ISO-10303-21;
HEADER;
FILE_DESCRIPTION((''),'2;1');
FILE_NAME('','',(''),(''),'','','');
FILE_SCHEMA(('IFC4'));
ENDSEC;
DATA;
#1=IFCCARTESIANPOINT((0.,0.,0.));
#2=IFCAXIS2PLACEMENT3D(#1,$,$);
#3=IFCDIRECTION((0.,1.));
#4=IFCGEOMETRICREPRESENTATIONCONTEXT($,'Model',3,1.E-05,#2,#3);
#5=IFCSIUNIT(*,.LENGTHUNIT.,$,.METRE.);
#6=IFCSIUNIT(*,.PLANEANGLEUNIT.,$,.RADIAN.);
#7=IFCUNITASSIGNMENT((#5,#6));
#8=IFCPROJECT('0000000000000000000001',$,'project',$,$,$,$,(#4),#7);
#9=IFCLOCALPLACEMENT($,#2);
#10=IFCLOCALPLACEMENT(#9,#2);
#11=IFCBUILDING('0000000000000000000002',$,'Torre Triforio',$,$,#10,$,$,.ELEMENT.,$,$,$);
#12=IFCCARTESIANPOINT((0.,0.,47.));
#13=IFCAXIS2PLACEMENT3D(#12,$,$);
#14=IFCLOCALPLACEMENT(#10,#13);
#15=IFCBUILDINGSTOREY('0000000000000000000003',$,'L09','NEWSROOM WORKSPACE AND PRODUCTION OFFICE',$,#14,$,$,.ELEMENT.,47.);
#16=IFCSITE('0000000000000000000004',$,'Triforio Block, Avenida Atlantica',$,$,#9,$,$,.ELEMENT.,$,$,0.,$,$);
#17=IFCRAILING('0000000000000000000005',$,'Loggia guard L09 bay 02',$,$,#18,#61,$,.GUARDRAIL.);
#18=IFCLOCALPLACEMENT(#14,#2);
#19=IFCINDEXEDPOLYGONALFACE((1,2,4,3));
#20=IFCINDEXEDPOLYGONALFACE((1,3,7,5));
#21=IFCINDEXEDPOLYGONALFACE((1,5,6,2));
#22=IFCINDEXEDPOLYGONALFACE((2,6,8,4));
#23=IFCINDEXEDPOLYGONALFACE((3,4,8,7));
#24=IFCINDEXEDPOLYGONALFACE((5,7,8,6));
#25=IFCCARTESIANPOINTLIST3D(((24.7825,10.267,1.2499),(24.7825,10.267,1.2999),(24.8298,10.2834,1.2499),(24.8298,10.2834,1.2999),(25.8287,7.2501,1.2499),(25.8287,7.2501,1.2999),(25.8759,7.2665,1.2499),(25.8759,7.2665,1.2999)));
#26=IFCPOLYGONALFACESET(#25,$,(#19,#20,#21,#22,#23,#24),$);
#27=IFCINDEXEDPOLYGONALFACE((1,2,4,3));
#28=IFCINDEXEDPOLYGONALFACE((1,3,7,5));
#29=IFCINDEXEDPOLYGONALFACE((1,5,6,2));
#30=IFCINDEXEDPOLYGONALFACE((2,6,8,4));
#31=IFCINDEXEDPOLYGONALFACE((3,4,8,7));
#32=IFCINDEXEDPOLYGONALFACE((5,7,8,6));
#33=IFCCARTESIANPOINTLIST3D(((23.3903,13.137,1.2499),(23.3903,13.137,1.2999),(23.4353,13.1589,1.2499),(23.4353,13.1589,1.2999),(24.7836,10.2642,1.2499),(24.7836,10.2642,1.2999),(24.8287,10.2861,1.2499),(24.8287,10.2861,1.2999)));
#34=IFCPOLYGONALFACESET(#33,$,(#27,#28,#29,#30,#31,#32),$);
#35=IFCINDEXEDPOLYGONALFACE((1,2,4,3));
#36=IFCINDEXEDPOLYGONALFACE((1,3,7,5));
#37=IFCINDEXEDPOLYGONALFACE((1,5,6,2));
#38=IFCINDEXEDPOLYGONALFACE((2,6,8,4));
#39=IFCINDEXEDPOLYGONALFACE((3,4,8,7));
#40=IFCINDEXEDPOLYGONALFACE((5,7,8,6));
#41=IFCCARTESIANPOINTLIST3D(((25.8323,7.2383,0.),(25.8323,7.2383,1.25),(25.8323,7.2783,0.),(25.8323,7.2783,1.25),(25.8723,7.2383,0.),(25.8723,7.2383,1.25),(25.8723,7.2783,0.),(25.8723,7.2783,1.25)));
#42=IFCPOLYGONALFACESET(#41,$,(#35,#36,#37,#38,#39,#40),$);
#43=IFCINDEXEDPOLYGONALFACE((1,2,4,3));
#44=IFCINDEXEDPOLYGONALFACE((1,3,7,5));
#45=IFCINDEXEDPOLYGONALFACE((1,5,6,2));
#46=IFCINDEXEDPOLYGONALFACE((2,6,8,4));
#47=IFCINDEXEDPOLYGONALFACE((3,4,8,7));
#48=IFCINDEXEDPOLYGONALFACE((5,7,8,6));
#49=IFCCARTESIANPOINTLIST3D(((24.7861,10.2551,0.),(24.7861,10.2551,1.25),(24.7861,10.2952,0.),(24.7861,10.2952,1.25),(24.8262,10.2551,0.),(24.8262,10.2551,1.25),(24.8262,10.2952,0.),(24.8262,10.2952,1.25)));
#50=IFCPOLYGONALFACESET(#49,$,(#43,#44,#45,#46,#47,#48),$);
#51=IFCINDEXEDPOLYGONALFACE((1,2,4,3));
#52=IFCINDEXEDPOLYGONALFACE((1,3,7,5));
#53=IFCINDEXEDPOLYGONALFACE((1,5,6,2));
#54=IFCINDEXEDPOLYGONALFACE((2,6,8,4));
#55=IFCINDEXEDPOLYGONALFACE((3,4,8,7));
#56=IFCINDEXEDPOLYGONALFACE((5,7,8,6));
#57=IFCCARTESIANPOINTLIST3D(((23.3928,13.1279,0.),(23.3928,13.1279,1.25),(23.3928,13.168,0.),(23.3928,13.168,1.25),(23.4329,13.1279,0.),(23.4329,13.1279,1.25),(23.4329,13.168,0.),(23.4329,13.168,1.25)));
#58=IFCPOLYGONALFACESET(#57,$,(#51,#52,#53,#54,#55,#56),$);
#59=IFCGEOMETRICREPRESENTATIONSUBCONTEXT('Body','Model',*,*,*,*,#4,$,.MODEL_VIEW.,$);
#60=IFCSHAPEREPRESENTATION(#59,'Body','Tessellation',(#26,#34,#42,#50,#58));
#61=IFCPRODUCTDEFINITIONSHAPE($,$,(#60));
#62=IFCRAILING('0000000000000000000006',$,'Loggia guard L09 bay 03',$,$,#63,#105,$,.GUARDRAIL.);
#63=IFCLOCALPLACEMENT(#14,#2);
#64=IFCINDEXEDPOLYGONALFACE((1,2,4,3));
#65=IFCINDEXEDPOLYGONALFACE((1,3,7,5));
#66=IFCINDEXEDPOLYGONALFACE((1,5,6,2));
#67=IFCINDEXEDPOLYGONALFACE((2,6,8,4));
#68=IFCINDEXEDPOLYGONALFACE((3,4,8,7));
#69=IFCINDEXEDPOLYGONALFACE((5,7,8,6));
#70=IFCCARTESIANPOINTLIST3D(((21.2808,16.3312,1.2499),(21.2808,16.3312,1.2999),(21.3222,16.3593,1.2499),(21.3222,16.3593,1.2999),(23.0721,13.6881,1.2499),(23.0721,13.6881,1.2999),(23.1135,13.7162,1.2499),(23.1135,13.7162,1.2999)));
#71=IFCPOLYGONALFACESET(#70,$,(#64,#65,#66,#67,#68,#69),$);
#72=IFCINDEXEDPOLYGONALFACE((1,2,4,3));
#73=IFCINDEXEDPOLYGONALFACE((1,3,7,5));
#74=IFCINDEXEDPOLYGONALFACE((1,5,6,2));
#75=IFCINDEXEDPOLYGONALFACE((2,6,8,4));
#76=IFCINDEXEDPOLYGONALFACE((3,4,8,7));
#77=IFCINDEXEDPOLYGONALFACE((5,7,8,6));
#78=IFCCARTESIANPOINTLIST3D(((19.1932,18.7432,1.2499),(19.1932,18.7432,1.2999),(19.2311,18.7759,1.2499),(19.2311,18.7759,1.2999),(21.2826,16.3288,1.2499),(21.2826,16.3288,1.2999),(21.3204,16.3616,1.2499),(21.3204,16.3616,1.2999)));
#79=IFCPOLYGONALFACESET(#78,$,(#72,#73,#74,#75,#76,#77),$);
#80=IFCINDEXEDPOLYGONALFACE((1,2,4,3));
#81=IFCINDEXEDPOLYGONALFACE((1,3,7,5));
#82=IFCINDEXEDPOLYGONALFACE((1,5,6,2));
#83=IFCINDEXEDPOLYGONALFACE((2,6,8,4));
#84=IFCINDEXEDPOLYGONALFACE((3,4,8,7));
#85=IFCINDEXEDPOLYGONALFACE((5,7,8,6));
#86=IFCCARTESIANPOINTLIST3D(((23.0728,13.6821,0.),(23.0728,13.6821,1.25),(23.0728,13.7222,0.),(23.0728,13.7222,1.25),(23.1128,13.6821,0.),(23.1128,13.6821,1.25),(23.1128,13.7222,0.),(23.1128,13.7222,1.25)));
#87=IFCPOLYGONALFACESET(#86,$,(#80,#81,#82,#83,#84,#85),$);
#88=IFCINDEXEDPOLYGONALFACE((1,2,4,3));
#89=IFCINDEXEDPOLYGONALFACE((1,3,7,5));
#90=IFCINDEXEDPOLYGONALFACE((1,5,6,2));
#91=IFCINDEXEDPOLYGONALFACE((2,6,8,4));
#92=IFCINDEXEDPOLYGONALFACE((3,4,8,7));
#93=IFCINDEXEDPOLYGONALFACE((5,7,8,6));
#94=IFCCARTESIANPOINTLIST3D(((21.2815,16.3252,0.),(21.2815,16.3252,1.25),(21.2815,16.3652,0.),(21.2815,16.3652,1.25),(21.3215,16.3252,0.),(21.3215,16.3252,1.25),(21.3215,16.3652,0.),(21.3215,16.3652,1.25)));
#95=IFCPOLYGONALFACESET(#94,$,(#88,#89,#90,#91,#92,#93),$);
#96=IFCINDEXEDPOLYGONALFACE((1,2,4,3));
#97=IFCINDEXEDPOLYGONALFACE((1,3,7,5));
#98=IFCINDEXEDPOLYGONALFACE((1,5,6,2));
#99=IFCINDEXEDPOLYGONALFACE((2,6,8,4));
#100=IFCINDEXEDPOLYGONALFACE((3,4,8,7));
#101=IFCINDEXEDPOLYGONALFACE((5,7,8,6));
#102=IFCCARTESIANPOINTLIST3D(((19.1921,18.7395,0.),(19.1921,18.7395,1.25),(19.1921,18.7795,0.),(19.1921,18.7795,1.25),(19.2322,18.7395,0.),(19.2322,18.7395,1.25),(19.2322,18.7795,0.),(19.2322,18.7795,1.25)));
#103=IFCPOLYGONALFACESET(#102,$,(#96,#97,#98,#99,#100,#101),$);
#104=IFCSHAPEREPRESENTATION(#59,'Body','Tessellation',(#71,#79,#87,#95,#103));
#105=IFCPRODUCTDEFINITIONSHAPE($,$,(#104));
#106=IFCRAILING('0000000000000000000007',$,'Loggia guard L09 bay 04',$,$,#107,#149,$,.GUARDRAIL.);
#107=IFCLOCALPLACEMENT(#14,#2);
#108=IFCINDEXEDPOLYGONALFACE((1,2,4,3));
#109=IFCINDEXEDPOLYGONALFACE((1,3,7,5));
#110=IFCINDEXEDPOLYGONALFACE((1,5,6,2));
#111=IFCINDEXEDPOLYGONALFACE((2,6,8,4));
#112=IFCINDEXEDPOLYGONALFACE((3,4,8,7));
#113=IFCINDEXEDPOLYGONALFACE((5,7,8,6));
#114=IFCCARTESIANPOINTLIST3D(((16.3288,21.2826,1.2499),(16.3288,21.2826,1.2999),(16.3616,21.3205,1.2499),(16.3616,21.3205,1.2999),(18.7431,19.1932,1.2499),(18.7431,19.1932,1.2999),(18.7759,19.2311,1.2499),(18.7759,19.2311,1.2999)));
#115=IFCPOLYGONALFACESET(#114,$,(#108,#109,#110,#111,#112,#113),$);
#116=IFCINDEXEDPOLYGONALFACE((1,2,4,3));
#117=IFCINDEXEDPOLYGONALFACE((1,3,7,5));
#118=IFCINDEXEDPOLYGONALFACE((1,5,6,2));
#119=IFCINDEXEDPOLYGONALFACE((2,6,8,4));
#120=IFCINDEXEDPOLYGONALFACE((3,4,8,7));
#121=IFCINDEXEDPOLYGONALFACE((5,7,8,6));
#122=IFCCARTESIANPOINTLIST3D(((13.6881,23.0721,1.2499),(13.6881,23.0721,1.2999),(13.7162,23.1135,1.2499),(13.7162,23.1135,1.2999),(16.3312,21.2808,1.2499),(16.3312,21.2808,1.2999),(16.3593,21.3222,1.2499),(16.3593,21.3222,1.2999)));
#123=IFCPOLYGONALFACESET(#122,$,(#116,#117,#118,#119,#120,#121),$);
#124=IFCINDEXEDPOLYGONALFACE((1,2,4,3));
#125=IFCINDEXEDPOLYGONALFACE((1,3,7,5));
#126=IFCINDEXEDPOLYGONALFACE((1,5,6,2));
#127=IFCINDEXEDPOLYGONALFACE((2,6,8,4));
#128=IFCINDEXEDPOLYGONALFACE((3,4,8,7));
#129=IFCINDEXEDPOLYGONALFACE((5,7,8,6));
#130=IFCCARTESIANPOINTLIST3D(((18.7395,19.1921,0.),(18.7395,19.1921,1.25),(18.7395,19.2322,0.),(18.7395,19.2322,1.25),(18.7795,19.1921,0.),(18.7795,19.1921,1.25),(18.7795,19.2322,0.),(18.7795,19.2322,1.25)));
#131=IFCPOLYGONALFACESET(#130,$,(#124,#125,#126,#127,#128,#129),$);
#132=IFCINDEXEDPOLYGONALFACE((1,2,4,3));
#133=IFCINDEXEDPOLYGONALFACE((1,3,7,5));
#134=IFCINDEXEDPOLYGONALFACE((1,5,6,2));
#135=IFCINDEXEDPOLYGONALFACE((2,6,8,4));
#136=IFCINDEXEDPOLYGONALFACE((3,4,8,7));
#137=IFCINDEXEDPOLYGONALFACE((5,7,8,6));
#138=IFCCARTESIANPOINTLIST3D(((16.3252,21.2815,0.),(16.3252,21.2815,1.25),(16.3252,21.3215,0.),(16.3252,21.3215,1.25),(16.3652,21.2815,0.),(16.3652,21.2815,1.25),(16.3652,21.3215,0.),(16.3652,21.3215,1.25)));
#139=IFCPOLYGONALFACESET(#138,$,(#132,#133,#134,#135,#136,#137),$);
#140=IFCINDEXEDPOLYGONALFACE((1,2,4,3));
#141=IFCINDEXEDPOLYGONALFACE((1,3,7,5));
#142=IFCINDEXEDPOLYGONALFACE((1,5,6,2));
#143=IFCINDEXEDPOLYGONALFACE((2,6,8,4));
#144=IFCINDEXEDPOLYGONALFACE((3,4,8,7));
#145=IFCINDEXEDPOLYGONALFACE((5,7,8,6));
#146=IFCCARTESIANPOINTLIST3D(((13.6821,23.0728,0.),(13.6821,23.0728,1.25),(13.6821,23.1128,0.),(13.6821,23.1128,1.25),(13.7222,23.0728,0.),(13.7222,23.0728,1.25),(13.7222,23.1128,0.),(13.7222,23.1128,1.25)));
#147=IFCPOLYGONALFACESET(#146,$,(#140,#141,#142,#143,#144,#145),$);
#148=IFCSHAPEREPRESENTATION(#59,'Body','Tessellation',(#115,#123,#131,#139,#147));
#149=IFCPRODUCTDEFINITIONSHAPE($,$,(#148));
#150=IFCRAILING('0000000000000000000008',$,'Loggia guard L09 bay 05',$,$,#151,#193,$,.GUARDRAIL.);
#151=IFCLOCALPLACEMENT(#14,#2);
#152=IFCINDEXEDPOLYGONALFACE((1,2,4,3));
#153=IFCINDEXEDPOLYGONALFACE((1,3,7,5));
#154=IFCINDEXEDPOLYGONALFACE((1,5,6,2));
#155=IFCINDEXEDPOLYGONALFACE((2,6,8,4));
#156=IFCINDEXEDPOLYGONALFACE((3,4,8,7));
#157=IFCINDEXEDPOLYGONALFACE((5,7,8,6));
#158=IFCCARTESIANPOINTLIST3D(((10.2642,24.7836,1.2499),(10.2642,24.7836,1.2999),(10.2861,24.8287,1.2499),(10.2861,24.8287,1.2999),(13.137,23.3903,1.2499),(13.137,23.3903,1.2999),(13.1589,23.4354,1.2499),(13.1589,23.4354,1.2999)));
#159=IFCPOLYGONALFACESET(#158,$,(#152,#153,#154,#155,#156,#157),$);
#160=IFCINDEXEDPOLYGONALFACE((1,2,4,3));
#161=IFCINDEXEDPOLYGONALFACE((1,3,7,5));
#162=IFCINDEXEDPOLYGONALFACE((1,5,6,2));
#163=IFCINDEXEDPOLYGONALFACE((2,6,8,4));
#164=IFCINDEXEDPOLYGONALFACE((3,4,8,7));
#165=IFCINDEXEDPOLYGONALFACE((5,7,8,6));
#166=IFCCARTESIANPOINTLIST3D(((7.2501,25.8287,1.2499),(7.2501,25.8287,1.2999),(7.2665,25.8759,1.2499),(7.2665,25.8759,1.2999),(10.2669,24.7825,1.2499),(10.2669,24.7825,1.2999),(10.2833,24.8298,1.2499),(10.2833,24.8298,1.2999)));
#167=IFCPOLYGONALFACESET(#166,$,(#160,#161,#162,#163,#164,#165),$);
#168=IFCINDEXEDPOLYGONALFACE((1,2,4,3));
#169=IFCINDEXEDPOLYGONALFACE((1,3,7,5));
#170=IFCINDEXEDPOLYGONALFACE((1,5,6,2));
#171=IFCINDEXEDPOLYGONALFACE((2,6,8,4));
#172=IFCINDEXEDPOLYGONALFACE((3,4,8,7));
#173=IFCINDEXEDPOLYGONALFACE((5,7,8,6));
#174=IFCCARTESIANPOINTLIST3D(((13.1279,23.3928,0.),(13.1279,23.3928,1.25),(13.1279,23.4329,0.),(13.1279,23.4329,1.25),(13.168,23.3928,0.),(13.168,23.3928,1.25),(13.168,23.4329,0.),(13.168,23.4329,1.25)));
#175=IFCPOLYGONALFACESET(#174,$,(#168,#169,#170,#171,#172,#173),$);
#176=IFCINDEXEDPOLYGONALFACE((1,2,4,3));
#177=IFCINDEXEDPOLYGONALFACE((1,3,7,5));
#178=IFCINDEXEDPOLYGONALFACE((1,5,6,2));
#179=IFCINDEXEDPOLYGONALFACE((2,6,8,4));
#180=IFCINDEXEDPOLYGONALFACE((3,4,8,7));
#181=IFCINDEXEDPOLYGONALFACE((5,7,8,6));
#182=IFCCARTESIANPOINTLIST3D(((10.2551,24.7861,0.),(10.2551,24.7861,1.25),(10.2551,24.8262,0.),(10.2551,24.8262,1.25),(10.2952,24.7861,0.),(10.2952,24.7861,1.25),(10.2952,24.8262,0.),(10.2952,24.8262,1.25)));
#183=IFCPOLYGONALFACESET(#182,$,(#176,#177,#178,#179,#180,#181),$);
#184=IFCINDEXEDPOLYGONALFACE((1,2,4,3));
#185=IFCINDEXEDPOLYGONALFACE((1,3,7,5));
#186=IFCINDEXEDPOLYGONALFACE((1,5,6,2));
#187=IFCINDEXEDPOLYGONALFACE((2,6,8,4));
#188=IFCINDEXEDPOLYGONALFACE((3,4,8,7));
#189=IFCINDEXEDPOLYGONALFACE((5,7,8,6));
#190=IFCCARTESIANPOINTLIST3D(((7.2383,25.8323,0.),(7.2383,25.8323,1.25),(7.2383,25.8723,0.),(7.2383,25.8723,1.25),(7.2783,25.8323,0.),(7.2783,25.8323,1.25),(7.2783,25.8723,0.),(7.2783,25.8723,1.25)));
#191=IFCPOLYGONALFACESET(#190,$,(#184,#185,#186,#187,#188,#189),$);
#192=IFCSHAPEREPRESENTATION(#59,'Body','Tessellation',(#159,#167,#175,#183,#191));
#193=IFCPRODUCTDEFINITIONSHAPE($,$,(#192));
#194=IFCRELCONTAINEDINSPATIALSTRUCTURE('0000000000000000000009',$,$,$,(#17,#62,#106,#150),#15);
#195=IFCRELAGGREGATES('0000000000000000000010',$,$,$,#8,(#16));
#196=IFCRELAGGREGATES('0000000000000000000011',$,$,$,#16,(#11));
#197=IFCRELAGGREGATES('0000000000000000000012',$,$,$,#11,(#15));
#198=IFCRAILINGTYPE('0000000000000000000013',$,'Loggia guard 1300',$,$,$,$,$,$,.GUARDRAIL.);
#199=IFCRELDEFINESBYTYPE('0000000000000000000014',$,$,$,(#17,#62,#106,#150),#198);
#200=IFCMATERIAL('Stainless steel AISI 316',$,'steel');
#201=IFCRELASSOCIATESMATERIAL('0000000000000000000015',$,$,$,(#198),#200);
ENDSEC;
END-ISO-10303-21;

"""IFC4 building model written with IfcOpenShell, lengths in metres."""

from ifc_helpers import new_model, si_unit, direction, frame, origin, origin_2d, place, context, subcontext, project, spatial, rectangle, extrude, material, type_object, element, save


model = new_model("IFC4")

# Units and contexts
model_context = context("Model", 3, precision=1e-05, world=origin(), true_north=direction((0.0, 1.0)))
body_context = subcontext(model_context, "Body", "Model", "MODEL_VIEW")
ifc_project = project(units=[si_unit("LENGTHUNIT", "METRE"), si_unit("PLANEANGLEUNIT", "RADIAN")], contexts=[model_context])

# Site, building, storey
site_placement = place(None, origin())
site = spatial("IfcSite", under=ifc_project, at=site_placement, Name="Triforio Block, Avenida Atlantica", CompositionType="ELEMENT", RefElevation=0.0)
building_placement = place(site_placement, origin())
building = spatial("IfcBuilding", under=site, at=building_placement, Name="Torre Triforio", CompositionType="ELEMENT")
storey_placement = place(building_placement, frame((0.0, 0.0, 47.0)))
storey = spatial("IfcBuildingStorey", under=building, at=storey_placement, Name="L09", Description="NEWSROOM WORKSPACE AND PRODUCTION OFFICE", CompositionType="ELEMENT", Elevation=47.0)

# Railings
ifc_material_1 = material(Name="Stainless steel AISI 316", Category="steel")
railing_type = type_object("IfcRailingType", Name="Loggia guard 1300", PredefinedType="GUARDRAIL", material=ifc_material_1)
railing_1_placement = place(storey_placement, frame((25.8523, 7.2583, 0.0)))
element("IfcRailing", 1, at=railing_1_placement, inside=storey, type_object=railing_type, Name="Loggia guard L09 bay 02", PredefinedType="GUARDRAIL", context=body_context, shape_type="SweptSolid", body=[
    extrude(rectangle(XDim=0.05, YDim=0.05, at=origin_2d()), frame((0.0, 0.0, 1.2749), z_axis=(-0.327628, 0.944807, 0.0), x_axis=(-0.944807, -0.327628, 0.0)), (0.0, 0.0, 1.0), 3.1931),
    extrude(rectangle(XDim=0.05, YDim=0.05, at=origin_2d()), frame((-1.0461, 3.0168, 1.2749), z_axis=(-0.436384, 0.89976, 0.0), x_axis=(-0.89976, -0.436384, 0.0)), (0.0, 0.0, 1.0), 3.1929),
    extrude(rectangle(XDim=0.04, YDim=0.04, at=origin_2d()), origin(), (0.0, 0.0, 1.0), 1.25),
    extrude(rectangle(XDim=0.04, YDim=0.04, at=origin_2d()), frame((-1.0461, 3.0168, 0.0)), (0.0, 0.0, 1.0), 1.25),
    extrude(rectangle(XDim=0.04, YDim=0.04, at=origin_2d()), frame((-2.4395, 5.8896, 0.0)), (0.0, 0.0, 1.0), 1.25),
])
railing_2_placement = place(storey_placement, frame((23.0928, 13.7021, 0.0)))
element("IfcRailing", 2, at=railing_2_placement, inside=storey, type_object=railing_type, Name="Loggia guard L09 bay 03", PredefinedType="GUARDRAIL", context=body_context, shape_type="SweptSolid", body=[
    extrude(rectangle(XDim=0.05, YDim=0.05, at=origin_2d()), frame((0.0, 0.0, 1.2749), z_axis=(-0.561019, 0.827803, 0.0), x_axis=(-0.827803, -0.561019, 0.0)), (0.0, 0.0, 1.0), 3.1929),
    extrude(rectangle(XDim=0.05, YDim=0.05, at=origin_2d()), frame((-1.7913, 2.6431, 1.2749), z_axis=(-0.654386, 0.756161, 0.0), x_axis=(-0.756161, -0.654386, 0.0)), (0.0, 0.0, 1.0), 3.1929),
    extrude(rectangle(XDim=0.04, YDim=0.04, at=origin_2d()), origin(), (0.0, 0.0, 1.0), 1.25),
    extrude(rectangle(XDim=0.04, YDim=0.04, at=origin_2d()), frame((-1.7913, 2.6431, 0.0)), (0.0, 0.0, 1.0), 1.25),
    extrude(rectangle(XDim=0.04, YDim=0.04, at=origin_2d()), frame((-3.8806, 5.0574, 0.0)), (0.0, 0.0, 1.0), 1.25),
])
railing_3_placement = place(storey_placement, frame((18.7595, 19.2122, 0.0)))
element("IfcRailing", 3, at=railing_3_placement, inside=storey, type_object=railing_type, Name="Loggia guard L09 bay 04", PredefinedType="GUARDRAIL", context=body_context, shape_type="SweptSolid", body=[
    extrude(rectangle(XDim=0.05, YDim=0.05, at=origin_2d()), frame((0.0, 0.0, 1.2749), z_axis=(-0.756161, 0.654386, 0.0), x_axis=(-0.654386, -0.756161, 0.0)), (0.0, 0.0, 1.0), 3.1929),
    extrude(rectangle(XDim=0.05, YDim=0.05, at=origin_2d()), frame((-2.4143, 2.0894, 1.2749), z_axis=(-0.827803, 0.561019, 0.0), x_axis=(-0.561019, -0.827803, 0.0)), (0.0, 0.0, 1.0), 3.1929),
    extrude(rectangle(XDim=0.04, YDim=0.04, at=origin_2d()), origin(), (0.0, 0.0, 1.0), 1.25),
    extrude(rectangle(XDim=0.04, YDim=0.04, at=origin_2d()), frame((-2.4143, 2.0894, 0.0)), (0.0, 0.0, 1.0), 1.25),
    extrude(rectangle(XDim=0.04, YDim=0.04, at=origin_2d()), frame((-5.0574, 3.8806, 0.0)), (0.0, 0.0, 1.0), 1.25),
])
railing_4_placement = place(storey_placement, frame((13.1479, 23.4128, 0.0)))
element("IfcRailing", 4, at=railing_4_placement, inside=storey, type_object=railing_type, Name="Loggia guard L09 bay 05", PredefinedType="GUARDRAIL", context=body_context, shape_type="SweptSolid", body=[
    extrude(rectangle(XDim=0.05, YDim=0.05, at=origin_2d()), frame((0.0, 0.0, 1.2749), z_axis=(-0.89976, 0.436384, 0.0), x_axis=(-0.436384, -0.89976, 0.0)), (0.0, 0.0, 1.0), 3.1929),
    extrude(rectangle(XDim=0.05, YDim=0.05, at=origin_2d()), frame((-2.8728, 1.3933, 1.2749), z_axis=(-0.944807, 0.327628, 0.0), x_axis=(-0.327628, -0.944807, 0.0)), (0.0, 0.0, 1.0), 3.1931),
    extrude(rectangle(XDim=0.04, YDim=0.04, at=origin_2d()), origin(), (0.0, 0.0, 1.0), 1.25),
    extrude(rectangle(XDim=0.04, YDim=0.04, at=origin_2d()), frame((-2.8728, 1.3933, 0.0)), (0.0, 0.0, 1.0), 1.25),
    extrude(rectangle(XDim=0.04, YDim=0.04, at=origin_2d()), frame((-5.8896, 2.4395, 0.0)), (0.0, 0.0, 1.0), 1.25),
])

save(model, "model.ifc")
